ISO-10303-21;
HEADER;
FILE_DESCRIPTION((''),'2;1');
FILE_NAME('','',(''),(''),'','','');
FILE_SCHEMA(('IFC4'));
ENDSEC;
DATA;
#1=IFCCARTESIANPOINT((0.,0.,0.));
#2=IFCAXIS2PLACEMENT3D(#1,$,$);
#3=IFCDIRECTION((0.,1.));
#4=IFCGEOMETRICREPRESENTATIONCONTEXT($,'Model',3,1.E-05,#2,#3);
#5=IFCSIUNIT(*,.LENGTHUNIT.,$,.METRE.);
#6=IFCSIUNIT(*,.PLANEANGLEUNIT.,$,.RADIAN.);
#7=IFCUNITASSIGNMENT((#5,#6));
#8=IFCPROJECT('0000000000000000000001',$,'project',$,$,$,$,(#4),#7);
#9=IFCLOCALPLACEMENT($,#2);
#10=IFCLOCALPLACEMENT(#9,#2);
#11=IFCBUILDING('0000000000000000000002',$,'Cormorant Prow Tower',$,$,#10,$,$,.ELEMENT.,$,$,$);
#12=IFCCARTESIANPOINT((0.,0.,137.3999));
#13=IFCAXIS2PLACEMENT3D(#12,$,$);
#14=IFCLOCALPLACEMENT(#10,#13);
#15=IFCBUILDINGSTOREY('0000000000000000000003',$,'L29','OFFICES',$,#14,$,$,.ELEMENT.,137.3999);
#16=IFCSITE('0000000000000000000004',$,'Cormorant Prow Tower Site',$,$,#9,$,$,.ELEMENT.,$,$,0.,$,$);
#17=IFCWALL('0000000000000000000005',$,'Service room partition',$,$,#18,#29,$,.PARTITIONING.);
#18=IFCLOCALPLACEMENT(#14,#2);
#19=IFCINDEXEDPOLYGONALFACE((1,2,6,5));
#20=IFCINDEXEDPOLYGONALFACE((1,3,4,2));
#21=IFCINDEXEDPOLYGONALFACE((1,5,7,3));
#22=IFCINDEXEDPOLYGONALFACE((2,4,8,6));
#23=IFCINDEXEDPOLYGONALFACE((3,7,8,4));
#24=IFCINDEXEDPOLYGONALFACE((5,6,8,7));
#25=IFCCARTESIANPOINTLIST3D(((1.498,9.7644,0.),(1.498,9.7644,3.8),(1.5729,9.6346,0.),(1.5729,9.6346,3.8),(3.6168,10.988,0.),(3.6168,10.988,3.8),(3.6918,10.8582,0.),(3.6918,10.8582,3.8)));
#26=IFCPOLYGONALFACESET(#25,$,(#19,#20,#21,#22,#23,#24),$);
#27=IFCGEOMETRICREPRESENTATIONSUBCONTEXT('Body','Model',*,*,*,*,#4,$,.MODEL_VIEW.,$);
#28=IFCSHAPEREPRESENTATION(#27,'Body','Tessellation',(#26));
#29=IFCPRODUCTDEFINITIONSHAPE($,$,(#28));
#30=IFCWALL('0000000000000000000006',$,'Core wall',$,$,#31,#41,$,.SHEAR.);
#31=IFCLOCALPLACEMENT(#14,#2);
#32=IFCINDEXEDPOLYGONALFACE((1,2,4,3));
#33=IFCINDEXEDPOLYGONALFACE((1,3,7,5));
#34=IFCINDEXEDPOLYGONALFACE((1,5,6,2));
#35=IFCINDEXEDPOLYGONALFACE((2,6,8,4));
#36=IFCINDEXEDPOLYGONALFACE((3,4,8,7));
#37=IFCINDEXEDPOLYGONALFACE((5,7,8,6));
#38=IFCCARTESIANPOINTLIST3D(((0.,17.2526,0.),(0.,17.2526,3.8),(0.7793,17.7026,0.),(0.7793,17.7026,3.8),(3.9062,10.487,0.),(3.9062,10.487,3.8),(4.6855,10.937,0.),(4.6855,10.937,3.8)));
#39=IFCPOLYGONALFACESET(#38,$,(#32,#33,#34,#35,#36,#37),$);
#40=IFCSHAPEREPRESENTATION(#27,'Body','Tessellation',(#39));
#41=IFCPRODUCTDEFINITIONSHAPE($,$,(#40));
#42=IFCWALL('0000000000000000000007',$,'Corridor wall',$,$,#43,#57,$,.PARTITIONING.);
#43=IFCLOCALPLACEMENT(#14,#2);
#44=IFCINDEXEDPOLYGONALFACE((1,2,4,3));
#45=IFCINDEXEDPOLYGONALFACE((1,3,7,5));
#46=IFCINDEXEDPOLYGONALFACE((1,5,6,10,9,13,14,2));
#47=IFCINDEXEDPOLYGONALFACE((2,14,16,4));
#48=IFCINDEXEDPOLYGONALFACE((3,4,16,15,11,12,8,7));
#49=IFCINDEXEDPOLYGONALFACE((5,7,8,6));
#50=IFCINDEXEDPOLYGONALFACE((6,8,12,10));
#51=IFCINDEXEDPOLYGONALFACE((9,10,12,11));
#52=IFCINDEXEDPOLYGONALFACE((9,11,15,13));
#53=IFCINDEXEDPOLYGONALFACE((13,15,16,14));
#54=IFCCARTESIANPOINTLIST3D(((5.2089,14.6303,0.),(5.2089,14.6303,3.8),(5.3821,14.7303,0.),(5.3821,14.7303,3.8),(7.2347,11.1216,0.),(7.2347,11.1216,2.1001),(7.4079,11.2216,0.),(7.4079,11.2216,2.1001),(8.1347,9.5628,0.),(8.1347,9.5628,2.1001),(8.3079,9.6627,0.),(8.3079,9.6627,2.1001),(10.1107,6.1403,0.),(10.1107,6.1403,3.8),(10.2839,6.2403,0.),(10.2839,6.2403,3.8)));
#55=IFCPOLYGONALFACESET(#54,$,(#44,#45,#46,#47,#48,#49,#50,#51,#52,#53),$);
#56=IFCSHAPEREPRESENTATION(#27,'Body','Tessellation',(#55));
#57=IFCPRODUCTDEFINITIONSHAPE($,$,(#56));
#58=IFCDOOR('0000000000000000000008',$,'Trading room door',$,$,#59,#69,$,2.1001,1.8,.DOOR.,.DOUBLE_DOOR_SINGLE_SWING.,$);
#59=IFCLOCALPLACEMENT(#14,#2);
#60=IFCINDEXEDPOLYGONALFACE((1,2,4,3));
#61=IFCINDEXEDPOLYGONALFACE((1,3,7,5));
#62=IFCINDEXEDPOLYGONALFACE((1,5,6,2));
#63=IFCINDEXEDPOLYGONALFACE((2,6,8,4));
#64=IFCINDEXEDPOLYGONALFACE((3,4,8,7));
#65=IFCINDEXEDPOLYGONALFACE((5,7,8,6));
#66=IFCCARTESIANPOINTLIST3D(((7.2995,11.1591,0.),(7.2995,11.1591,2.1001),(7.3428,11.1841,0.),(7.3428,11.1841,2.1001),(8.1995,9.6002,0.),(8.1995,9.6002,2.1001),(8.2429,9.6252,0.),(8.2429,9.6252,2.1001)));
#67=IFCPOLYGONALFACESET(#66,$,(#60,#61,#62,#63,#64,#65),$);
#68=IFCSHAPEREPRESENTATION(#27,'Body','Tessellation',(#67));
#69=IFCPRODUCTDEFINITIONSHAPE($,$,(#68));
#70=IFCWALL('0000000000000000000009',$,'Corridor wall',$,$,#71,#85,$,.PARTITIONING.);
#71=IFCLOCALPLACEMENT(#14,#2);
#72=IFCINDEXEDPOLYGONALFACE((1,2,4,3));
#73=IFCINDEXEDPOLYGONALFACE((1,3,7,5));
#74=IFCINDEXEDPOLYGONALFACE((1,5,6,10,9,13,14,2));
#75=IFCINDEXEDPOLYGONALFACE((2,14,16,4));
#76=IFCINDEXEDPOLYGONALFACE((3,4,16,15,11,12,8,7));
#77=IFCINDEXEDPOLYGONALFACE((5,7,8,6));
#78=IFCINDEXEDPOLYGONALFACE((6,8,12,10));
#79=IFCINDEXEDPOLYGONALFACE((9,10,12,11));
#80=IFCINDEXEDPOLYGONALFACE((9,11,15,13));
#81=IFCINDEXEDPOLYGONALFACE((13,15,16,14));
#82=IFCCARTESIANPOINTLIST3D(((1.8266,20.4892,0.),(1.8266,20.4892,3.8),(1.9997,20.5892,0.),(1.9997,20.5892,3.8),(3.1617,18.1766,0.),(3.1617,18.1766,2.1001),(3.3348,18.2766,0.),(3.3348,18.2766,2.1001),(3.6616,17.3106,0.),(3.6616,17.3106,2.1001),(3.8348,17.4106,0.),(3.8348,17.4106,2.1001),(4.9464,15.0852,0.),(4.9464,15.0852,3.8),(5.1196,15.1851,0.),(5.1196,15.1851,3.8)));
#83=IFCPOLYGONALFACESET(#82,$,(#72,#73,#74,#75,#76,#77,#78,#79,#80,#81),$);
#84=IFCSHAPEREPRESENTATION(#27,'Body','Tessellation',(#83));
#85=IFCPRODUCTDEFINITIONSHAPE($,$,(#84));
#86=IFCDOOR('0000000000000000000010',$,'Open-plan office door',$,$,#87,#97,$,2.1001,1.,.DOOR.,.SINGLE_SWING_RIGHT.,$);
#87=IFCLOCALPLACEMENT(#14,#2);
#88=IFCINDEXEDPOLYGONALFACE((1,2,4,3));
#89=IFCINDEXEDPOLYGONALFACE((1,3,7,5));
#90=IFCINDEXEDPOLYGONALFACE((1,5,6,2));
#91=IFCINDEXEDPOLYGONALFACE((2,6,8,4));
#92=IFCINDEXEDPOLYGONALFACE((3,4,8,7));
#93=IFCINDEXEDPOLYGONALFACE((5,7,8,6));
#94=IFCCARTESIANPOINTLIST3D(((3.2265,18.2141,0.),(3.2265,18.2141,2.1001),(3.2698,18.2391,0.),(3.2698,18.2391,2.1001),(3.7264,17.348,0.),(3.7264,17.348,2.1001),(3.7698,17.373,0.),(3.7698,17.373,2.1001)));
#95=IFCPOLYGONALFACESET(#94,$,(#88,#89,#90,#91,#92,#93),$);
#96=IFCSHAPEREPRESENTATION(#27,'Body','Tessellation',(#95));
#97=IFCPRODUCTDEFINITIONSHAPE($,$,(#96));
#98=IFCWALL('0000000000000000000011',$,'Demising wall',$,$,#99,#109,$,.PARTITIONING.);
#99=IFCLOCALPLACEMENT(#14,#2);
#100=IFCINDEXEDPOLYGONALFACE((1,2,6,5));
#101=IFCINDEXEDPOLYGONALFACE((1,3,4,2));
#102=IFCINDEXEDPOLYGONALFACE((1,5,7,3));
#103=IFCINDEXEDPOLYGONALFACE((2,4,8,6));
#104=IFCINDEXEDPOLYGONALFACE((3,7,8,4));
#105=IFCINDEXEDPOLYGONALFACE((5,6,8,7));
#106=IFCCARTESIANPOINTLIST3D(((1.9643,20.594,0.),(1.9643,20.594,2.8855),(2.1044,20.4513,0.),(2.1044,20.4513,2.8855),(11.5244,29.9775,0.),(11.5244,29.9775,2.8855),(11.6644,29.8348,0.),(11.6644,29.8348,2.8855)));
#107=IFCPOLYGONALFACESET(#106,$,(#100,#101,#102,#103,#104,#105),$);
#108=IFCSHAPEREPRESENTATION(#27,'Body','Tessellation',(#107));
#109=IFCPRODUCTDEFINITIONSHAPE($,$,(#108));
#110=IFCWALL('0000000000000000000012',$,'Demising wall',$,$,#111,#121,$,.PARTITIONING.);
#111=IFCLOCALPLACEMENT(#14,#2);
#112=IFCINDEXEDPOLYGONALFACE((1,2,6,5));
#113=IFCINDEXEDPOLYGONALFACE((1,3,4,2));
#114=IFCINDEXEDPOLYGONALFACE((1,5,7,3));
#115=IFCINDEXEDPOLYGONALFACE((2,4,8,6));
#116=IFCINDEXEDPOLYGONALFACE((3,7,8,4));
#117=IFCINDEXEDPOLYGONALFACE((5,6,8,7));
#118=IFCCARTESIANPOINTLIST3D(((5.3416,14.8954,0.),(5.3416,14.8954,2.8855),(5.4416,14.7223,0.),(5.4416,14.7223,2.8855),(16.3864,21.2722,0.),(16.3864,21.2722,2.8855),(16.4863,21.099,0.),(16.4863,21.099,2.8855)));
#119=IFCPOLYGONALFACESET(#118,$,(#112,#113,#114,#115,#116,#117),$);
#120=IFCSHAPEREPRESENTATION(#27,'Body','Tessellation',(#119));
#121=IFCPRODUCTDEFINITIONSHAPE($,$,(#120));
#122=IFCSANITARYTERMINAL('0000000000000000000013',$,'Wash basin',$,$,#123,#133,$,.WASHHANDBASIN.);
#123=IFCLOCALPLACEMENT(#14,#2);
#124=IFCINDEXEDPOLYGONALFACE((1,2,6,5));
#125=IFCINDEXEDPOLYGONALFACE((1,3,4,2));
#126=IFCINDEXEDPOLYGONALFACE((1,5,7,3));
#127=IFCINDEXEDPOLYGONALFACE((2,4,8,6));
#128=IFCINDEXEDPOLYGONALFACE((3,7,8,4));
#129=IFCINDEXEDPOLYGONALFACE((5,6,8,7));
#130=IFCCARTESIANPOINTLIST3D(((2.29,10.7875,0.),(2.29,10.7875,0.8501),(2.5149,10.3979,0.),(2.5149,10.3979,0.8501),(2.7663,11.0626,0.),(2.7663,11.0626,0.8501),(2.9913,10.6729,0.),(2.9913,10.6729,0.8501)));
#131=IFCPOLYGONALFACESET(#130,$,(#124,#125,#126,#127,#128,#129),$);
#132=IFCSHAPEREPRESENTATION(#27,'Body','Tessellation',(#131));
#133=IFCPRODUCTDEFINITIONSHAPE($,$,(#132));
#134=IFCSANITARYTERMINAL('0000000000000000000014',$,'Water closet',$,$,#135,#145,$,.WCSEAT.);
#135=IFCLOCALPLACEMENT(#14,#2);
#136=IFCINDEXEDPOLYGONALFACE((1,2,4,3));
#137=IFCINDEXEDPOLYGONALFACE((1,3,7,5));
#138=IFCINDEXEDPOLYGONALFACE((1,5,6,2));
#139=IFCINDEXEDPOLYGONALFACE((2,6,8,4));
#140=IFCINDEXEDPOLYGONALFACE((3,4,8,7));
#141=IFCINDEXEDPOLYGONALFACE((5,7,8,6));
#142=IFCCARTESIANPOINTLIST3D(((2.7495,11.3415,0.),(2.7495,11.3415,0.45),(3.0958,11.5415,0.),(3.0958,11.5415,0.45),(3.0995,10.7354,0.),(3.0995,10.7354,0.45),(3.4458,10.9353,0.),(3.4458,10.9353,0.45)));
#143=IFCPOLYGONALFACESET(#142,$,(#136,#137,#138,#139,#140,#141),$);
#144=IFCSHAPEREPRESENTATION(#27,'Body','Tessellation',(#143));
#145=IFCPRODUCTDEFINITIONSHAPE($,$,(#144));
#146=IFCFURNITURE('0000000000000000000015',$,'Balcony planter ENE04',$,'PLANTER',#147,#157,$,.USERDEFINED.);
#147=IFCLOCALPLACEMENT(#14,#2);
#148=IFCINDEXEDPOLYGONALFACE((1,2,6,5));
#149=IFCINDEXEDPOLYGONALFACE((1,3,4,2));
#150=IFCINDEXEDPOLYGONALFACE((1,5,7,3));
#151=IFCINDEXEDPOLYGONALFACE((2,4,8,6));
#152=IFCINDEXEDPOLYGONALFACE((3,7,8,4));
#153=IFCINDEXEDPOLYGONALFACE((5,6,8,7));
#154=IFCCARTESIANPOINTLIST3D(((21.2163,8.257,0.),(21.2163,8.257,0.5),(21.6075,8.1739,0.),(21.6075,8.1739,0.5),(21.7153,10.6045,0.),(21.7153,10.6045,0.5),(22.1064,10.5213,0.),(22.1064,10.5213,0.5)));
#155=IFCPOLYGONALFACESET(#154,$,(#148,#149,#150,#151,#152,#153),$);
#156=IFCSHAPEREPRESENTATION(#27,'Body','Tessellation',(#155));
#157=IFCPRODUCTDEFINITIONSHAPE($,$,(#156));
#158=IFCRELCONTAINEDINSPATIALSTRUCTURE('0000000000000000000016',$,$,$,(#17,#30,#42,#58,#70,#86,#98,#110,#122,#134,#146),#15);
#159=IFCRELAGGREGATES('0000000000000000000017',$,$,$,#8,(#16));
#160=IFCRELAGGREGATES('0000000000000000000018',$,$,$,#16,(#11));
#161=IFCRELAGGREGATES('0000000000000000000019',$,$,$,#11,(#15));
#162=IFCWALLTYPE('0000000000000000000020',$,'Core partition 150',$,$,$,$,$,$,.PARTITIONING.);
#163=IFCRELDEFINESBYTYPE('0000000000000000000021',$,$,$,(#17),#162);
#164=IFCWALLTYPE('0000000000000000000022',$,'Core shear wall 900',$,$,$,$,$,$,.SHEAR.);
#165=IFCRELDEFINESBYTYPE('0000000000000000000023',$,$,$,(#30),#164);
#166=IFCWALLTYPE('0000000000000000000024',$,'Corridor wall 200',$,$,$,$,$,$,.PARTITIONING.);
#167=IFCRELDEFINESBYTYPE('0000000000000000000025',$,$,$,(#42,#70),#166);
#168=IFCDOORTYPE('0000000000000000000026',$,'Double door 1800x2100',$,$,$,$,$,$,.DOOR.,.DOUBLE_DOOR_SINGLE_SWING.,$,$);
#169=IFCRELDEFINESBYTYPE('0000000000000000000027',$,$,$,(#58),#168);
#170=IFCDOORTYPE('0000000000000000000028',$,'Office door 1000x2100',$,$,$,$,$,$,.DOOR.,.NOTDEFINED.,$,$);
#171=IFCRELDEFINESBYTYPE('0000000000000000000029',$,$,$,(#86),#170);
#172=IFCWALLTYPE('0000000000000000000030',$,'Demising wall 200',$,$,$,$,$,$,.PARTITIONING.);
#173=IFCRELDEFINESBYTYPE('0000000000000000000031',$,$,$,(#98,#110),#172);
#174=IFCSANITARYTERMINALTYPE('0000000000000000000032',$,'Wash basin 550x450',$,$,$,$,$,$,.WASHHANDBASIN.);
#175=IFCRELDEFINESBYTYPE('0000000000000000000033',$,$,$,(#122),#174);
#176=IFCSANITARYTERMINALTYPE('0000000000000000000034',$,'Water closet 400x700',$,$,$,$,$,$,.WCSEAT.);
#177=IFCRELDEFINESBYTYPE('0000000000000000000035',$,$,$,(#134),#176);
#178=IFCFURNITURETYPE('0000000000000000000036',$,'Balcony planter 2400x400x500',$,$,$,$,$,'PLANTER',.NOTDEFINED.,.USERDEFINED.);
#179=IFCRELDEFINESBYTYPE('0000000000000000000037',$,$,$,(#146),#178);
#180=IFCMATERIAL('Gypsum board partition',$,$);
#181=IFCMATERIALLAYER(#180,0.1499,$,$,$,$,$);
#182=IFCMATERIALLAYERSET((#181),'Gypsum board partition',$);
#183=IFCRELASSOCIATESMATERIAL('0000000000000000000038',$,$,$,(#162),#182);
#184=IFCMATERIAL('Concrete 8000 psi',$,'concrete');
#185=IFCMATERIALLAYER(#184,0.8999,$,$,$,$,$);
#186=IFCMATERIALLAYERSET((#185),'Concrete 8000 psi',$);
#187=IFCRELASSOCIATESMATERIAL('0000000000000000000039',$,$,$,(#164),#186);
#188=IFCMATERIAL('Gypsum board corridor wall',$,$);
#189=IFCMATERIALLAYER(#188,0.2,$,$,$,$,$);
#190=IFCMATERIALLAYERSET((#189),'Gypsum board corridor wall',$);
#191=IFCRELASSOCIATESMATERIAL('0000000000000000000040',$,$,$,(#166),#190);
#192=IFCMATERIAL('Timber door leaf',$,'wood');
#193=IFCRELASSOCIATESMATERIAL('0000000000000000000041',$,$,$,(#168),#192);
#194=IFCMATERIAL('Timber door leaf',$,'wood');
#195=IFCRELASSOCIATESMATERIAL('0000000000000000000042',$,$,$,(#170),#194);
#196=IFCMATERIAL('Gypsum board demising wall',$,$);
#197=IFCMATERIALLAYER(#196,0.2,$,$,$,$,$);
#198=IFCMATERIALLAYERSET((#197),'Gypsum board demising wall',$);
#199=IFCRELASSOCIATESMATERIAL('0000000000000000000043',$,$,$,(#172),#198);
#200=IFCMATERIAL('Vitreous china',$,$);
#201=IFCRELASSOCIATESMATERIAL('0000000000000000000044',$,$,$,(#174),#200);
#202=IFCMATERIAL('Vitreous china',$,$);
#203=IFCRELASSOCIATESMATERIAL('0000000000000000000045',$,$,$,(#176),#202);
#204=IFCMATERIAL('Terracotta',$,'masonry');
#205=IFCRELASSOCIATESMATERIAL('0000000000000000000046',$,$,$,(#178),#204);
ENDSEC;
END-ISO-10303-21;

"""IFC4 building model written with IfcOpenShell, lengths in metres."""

from ifc_helpers import new_model, si_unit, direction, frame, frame_2d, origin, origin_2d, place, context, subcontext, project, spatial, rectangle, extrude, material, layer, layer_set, type_object, element, fill, save


model = new_model("IFC4")

# Units and contexts
model_context = context("Model", 3, precision=1e-05, world=origin(), true_north=direction((0.0, 1.0)))
body_context = subcontext(model_context, "Body", "Model", "MODEL_VIEW")
ifc_project = project(units=[si_unit("LENGTHUNIT", "METRE"), si_unit("PLANEANGLEUNIT", "RADIAN")], contexts=[model_context])

# Site, building, storey
site_placement = place(None, origin())
site = spatial("IfcSite", under=ifc_project, at=site_placement, Name="Cormorant Prow Tower Site", CompositionType="ELEMENT", RefElevation=0.0)
building_placement = place(site_placement, origin())
building = spatial("IfcBuilding", under=site, at=building_placement, Name="Cormorant Prow Tower", CompositionType="ELEMENT")
storey_placement = place(building_placement, frame((0.0, 0.0, 137.3999)))
storey = spatial("IfcBuildingStorey", under=building, at=storey_placement, Name="L29", Description="OFFICES", CompositionType="ELEMENT", Elevation=137.3999)

# Walls
ifc_material_1 = material(Name="Gypsum board partition")
ifc_layer_1 = layer(ifc_material_1, 0.1499)
ifc_layer_set_1 = layer_set([ifc_layer_1], Name="Gypsum board partition")
wall_type_1 = type_object("IfcWallType", Name="Core partition 150", PredefinedType="PARTITIONING", material=ifc_layer_set_1)
wall_1_placement = place(storey_placement, frame((3.6543, 10.9231, 0.0), z_axis=(0.0, 0.0, 1.0), x_axis=(-0.865975, -0.500088, 0.0)))
element("IfcWall", 1, at=wall_1_placement, inside=storey, type_object=wall_type_1, Name="Service room partition", PredefinedType="PARTITIONING", context=body_context, shape_type="SweptSolid", body=[
    extrude(rectangle(XDim=2.4468, YDim=0.1499, at=frame_2d((1.2234, 0.0))), origin(), (0.0, 0.0, 1.0), 3.8),
])
ifc_material_2 = material(Name="Concrete 8000 psi", Category="concrete")
ifc_layer_2 = layer(ifc_material_2, 0.8999)
ifc_layer_set_2 = layer_set([ifc_layer_2], Name="Concrete 8000 psi")
wall_type_2 = type_object("IfcWallType", Name="Core shear wall 900", PredefinedType="SHEAR", material=ifc_layer_set_2)
wall_2_placement = place(storey_placement, frame((4.2959, 10.7119, 0.0), z_axis=(0.0, 0.0, 1.0), x_axis=(-0.500011, 0.866019, 0.0)))
element("IfcWall", 2, at=wall_2_placement, inside=storey, type_object=wall_type_2, Name="Core wall", PredefinedType="SHEAR", context=body_context, shape_type="SweptSolid", body=[
    extrude(rectangle(XDim=7.8123, YDim=0.8999, at=frame_2d((3.9062, 0.0))), origin(), (0.0, 0.0, 1.0), 3.8),
])

# Walls, openings, doors
ifc_material_3 = material(Name="Gypsum board corridor wall")
ifc_layer_3 = layer(ifc_material_3, 0.2)
ifc_layer_set_3 = layer_set([ifc_layer_3], Name="Gypsum board corridor wall")
wall_type_3 = type_object("IfcWallType", Name="Corridor wall 200", PredefinedType="PARTITIONING", material=ifc_layer_set_3)
wall_3_placement = place(storey_placement, frame((5.2954, 14.6804, 0.0), z_axis=(0.0, 0.0, 1.0), x_axis=(0.500012, -0.866018, 0.0)))
wall_3 = element("IfcWall", 3, at=wall_3_placement, inside=storey, type_object=wall_type_3, Name="Corridor wall", PredefinedType="PARTITIONING", context=body_context, shape_type="SweptSolid", body=[
    extrude(rectangle(XDim=9.8035, YDim=0.2, at=frame_2d((4.9019, 0.0))), origin(), (0.0, 0.0, 1.0), 3.8),
])
opening_1_placement = place(wall_3_placement, frame((4.0518, 0.0, 0.0)))
opening_1 = element("IfcOpeningElement", 4, at=opening_1_placement, cuts=wall_3, PredefinedType="OPENING", context=body_context, shape_type="SweptSolid", body=[
    extrude(rectangle(XDim=1.8, YDim=2.1001, at=frame_2d((0.8999, 1.05))), frame((0.0, 0.1099, 0.0), z_axis=(0.0, -1.0, 0.0), x_axis=(1.0, 0.0, 0.0)), (0.0, 0.0, 1.0), 0.22),
])
ifc_material_4 = material(Name="Timber door leaf", Category="wood")
door_type_1 = type_object("IfcDoorType", Name="Double door 1800x2100", OperationType="DOUBLE_DOOR_SINGLE_SWING", PredefinedType="DOOR", material=ifc_material_4)
door_1_placement = place(opening_1_placement, origin())
door_1 = element("IfcDoor", 5, at=door_1_placement, inside=storey, type_object=door_type_1, Name="Trading room door", OperationType="DOUBLE_DOOR_SINGLE_SWING", OverallHeight=2.1001, OverallWidth=1.8, PredefinedType="DOOR", context=body_context, shape_type="SweptSolid", body=[
    extrude(rectangle(XDim=1.8, YDim=2.1001, at=frame_2d((0.8999, 1.05))), frame((0.0, 0.0249, 0.0), z_axis=(0.0, -1.0, 0.0), x_axis=(1.0, 0.0, 0.0)), (0.0, 0.0, 1.0), 0.05),
])
fill(opening_1, door_1)
wall_4_placement = place(storey_placement, frame((1.9131, 20.5393, 0.0), z_axis=(0.0, 0.0, 1.0), x_axis=(0.499981, -0.866036, 0.0)))
wall_4 = element("IfcWall", 6, at=wall_4_placement, inside=storey, type_object=wall_type_3, Name="Corridor wall", PredefinedType="PARTITIONING", context=body_context, shape_type="SweptSolid", body=[
    extrude(rectangle(XDim=6.24, YDim=0.2, at=frame_2d((3.1201, 0.0))), origin(), (0.0, 0.0, 1.0), 3.8),
])
opening_2_placement = place(wall_4_placement, frame((2.6704, 0.0, 0.0)))
opening_2 = element("IfcOpeningElement", 7, at=opening_2_placement, cuts=wall_4, PredefinedType="OPENING", context=body_context, shape_type="SweptSolid", body=[
    extrude(rectangle(XDim=1.0, YDim=2.1001, at=frame_2d((0.5, 1.05))), frame((0.0, 0.1099, 0.0), z_axis=(0.0, -1.0, 0.0), x_axis=(1.0, 0.0, 0.0)), (0.0, 0.0, 1.0), 0.22),
])
ifc_material_5 = material(Name="Timber door leaf", Category="wood")
door_type_2 = type_object("IfcDoorType", Name="Office door 1000x2100", OperationType="NOTDEFINED", PredefinedType="DOOR", material=ifc_material_5)
door_2_placement = place(opening_2_placement, origin())
door_2 = element("IfcDoor", 8, at=door_2_placement, inside=storey, type_object=door_type_2, Name="Open-plan office door", OperationType="SINGLE_SWING_RIGHT", OverallHeight=2.1001, OverallWidth=1.0, PredefinedType="DOOR", context=body_context, shape_type="SweptSolid", body=[
    extrude(rectangle(XDim=1.0, YDim=2.1001, at=frame_2d((0.5, 1.05))), frame((0.0, 0.0249, 0.0), z_axis=(0.0, -1.0, 0.0), x_axis=(1.0, 0.0, 0.0)), (0.0, 0.0, 1.0), 0.05),
])
fill(opening_2, door_2)

# Walls
ifc_material_6 = material(Name="Gypsum board demising wall")
ifc_layer_4 = layer(ifc_material_6, 0.2)
ifc_layer_set_4 = layer_set([ifc_layer_4], Name="Gypsum board demising wall")
wall_type_4 = type_object("IfcWallType", Name="Demising wall 200", PredefinedType="PARTITIONING", material=ifc_layer_set_4)
wall_5_placement = place(storey_placement, frame((2.0344, 20.5227, 0.0), z_axis=(0.0, 0.0, 1.0), x_axis=(0.713665, 0.700488, 0.0)))
element("IfcWall", 9, at=wall_5_placement, inside=storey, type_object=wall_type_4, Name="Demising wall", PredefinedType="PARTITIONING", context=body_context, shape_type="SweptSolid", body=[
    extrude(rectangle(XDim=13.3958, YDim=0.2, at=frame_2d((6.6978, 0.0))), origin(), (0.0, 0.0, 1.0), 2.8855),
])
wall_6_placement = place(storey_placement, frame((5.3916, 14.8088, 0.0), z_axis=(0.0, 0.0, 1.0), x_axis=(0.866023, 0.500004, 0.0)))
element("IfcWall", 10, at=wall_6_placement, inside=storey, type_object=wall_type_4, Name="Demising wall", PredefinedType="PARTITIONING", context=body_context, shape_type="SweptSolid", body=[
    extrude(rectangle(XDim=12.7534, YDim=0.2, at=frame_2d((6.3767, 0.0))), origin(), (0.0, 0.0, 1.0), 2.8855),
])

# Sanitary terminals
ifc_material_7 = material(Name="Vitreous china")
sanitary_terminal_type_1 = type_object("IfcSanitaryTerminalType", Name="Wash basin 550x450", PredefinedType="WASHHANDBASIN", material=ifc_material_7)
sanitary_terminal_1_placement = place(storey_placement, frame((2.6406, 10.7302, 0.0), z_axis=(0.0, 0.0, 1.0), x_axis=(0.866025, 0.5, 0.0)))
element("IfcSanitaryTerminal", 11, at=sanitary_terminal_1_placement, inside=storey, type_object=sanitary_terminal_type_1, Name="Wash basin", PredefinedType="WASHHANDBASIN", context=body_context, shape_type="SweptSolid", body=[
    extrude(rectangle(XDim=0.55, YDim=0.45, at=origin_2d()), origin(), (0.0, 0.0, 1.0), 0.8501),
])
ifc_material_8 = material(Name="Vitreous china")
sanitary_terminal_type_2 = type_object("IfcSanitaryTerminalType", Name="Water closet 400x700", PredefinedType="WCSEAT", material=ifc_material_8)
sanitary_terminal_2_placement = place(storey_placement, frame((3.0977, 11.1384, 0.0), z_axis=(0.0, 0.0, 1.0), x_axis=(0.866025, 0.5, 0.0)))
element("IfcSanitaryTerminal", 12, at=sanitary_terminal_2_placement, inside=storey, type_object=sanitary_terminal_type_2, Name="Water closet", PredefinedType="WCSEAT", context=body_context, shape_type="SweptSolid", body=[
    extrude(rectangle(XDim=0.3999, YDim=0.7, at=origin_2d()), origin(), (0.0, 0.0, 1.0), 0.45),
])

# Furniture
ifc_material_9 = material(Name="Terracotta", Category="masonry")
furniture_type = type_object("IfcFurnitureType", Name="Balcony planter 2400x400x500", ElementType="PLANTER", AssemblyPlace="NOTDEFINED", PredefinedType="USERDEFINED", material=ifc_material_9)
furniture_placement = place(storey_placement, frame((21.6614, 9.3892, 0.0), z_axis=(0.0, 0.0, 1.0), x_axis=(0.207912, 0.978148, 0.0)))
element("IfcFurniture", 13, at=furniture_placement, inside=storey, type_object=furniture_type, Name="Balcony planter ENE04", ObjectType="PLANTER", PredefinedType="USERDEFINED", context=body_context, shape_type="SweptSolid", body=[
    extrude(rectangle(XDim=2.3999, YDim=0.3999, at=origin_2d()), origin(), (0.0, 0.0, 1.0), 0.5),
])

save(model, "model.ifc")
